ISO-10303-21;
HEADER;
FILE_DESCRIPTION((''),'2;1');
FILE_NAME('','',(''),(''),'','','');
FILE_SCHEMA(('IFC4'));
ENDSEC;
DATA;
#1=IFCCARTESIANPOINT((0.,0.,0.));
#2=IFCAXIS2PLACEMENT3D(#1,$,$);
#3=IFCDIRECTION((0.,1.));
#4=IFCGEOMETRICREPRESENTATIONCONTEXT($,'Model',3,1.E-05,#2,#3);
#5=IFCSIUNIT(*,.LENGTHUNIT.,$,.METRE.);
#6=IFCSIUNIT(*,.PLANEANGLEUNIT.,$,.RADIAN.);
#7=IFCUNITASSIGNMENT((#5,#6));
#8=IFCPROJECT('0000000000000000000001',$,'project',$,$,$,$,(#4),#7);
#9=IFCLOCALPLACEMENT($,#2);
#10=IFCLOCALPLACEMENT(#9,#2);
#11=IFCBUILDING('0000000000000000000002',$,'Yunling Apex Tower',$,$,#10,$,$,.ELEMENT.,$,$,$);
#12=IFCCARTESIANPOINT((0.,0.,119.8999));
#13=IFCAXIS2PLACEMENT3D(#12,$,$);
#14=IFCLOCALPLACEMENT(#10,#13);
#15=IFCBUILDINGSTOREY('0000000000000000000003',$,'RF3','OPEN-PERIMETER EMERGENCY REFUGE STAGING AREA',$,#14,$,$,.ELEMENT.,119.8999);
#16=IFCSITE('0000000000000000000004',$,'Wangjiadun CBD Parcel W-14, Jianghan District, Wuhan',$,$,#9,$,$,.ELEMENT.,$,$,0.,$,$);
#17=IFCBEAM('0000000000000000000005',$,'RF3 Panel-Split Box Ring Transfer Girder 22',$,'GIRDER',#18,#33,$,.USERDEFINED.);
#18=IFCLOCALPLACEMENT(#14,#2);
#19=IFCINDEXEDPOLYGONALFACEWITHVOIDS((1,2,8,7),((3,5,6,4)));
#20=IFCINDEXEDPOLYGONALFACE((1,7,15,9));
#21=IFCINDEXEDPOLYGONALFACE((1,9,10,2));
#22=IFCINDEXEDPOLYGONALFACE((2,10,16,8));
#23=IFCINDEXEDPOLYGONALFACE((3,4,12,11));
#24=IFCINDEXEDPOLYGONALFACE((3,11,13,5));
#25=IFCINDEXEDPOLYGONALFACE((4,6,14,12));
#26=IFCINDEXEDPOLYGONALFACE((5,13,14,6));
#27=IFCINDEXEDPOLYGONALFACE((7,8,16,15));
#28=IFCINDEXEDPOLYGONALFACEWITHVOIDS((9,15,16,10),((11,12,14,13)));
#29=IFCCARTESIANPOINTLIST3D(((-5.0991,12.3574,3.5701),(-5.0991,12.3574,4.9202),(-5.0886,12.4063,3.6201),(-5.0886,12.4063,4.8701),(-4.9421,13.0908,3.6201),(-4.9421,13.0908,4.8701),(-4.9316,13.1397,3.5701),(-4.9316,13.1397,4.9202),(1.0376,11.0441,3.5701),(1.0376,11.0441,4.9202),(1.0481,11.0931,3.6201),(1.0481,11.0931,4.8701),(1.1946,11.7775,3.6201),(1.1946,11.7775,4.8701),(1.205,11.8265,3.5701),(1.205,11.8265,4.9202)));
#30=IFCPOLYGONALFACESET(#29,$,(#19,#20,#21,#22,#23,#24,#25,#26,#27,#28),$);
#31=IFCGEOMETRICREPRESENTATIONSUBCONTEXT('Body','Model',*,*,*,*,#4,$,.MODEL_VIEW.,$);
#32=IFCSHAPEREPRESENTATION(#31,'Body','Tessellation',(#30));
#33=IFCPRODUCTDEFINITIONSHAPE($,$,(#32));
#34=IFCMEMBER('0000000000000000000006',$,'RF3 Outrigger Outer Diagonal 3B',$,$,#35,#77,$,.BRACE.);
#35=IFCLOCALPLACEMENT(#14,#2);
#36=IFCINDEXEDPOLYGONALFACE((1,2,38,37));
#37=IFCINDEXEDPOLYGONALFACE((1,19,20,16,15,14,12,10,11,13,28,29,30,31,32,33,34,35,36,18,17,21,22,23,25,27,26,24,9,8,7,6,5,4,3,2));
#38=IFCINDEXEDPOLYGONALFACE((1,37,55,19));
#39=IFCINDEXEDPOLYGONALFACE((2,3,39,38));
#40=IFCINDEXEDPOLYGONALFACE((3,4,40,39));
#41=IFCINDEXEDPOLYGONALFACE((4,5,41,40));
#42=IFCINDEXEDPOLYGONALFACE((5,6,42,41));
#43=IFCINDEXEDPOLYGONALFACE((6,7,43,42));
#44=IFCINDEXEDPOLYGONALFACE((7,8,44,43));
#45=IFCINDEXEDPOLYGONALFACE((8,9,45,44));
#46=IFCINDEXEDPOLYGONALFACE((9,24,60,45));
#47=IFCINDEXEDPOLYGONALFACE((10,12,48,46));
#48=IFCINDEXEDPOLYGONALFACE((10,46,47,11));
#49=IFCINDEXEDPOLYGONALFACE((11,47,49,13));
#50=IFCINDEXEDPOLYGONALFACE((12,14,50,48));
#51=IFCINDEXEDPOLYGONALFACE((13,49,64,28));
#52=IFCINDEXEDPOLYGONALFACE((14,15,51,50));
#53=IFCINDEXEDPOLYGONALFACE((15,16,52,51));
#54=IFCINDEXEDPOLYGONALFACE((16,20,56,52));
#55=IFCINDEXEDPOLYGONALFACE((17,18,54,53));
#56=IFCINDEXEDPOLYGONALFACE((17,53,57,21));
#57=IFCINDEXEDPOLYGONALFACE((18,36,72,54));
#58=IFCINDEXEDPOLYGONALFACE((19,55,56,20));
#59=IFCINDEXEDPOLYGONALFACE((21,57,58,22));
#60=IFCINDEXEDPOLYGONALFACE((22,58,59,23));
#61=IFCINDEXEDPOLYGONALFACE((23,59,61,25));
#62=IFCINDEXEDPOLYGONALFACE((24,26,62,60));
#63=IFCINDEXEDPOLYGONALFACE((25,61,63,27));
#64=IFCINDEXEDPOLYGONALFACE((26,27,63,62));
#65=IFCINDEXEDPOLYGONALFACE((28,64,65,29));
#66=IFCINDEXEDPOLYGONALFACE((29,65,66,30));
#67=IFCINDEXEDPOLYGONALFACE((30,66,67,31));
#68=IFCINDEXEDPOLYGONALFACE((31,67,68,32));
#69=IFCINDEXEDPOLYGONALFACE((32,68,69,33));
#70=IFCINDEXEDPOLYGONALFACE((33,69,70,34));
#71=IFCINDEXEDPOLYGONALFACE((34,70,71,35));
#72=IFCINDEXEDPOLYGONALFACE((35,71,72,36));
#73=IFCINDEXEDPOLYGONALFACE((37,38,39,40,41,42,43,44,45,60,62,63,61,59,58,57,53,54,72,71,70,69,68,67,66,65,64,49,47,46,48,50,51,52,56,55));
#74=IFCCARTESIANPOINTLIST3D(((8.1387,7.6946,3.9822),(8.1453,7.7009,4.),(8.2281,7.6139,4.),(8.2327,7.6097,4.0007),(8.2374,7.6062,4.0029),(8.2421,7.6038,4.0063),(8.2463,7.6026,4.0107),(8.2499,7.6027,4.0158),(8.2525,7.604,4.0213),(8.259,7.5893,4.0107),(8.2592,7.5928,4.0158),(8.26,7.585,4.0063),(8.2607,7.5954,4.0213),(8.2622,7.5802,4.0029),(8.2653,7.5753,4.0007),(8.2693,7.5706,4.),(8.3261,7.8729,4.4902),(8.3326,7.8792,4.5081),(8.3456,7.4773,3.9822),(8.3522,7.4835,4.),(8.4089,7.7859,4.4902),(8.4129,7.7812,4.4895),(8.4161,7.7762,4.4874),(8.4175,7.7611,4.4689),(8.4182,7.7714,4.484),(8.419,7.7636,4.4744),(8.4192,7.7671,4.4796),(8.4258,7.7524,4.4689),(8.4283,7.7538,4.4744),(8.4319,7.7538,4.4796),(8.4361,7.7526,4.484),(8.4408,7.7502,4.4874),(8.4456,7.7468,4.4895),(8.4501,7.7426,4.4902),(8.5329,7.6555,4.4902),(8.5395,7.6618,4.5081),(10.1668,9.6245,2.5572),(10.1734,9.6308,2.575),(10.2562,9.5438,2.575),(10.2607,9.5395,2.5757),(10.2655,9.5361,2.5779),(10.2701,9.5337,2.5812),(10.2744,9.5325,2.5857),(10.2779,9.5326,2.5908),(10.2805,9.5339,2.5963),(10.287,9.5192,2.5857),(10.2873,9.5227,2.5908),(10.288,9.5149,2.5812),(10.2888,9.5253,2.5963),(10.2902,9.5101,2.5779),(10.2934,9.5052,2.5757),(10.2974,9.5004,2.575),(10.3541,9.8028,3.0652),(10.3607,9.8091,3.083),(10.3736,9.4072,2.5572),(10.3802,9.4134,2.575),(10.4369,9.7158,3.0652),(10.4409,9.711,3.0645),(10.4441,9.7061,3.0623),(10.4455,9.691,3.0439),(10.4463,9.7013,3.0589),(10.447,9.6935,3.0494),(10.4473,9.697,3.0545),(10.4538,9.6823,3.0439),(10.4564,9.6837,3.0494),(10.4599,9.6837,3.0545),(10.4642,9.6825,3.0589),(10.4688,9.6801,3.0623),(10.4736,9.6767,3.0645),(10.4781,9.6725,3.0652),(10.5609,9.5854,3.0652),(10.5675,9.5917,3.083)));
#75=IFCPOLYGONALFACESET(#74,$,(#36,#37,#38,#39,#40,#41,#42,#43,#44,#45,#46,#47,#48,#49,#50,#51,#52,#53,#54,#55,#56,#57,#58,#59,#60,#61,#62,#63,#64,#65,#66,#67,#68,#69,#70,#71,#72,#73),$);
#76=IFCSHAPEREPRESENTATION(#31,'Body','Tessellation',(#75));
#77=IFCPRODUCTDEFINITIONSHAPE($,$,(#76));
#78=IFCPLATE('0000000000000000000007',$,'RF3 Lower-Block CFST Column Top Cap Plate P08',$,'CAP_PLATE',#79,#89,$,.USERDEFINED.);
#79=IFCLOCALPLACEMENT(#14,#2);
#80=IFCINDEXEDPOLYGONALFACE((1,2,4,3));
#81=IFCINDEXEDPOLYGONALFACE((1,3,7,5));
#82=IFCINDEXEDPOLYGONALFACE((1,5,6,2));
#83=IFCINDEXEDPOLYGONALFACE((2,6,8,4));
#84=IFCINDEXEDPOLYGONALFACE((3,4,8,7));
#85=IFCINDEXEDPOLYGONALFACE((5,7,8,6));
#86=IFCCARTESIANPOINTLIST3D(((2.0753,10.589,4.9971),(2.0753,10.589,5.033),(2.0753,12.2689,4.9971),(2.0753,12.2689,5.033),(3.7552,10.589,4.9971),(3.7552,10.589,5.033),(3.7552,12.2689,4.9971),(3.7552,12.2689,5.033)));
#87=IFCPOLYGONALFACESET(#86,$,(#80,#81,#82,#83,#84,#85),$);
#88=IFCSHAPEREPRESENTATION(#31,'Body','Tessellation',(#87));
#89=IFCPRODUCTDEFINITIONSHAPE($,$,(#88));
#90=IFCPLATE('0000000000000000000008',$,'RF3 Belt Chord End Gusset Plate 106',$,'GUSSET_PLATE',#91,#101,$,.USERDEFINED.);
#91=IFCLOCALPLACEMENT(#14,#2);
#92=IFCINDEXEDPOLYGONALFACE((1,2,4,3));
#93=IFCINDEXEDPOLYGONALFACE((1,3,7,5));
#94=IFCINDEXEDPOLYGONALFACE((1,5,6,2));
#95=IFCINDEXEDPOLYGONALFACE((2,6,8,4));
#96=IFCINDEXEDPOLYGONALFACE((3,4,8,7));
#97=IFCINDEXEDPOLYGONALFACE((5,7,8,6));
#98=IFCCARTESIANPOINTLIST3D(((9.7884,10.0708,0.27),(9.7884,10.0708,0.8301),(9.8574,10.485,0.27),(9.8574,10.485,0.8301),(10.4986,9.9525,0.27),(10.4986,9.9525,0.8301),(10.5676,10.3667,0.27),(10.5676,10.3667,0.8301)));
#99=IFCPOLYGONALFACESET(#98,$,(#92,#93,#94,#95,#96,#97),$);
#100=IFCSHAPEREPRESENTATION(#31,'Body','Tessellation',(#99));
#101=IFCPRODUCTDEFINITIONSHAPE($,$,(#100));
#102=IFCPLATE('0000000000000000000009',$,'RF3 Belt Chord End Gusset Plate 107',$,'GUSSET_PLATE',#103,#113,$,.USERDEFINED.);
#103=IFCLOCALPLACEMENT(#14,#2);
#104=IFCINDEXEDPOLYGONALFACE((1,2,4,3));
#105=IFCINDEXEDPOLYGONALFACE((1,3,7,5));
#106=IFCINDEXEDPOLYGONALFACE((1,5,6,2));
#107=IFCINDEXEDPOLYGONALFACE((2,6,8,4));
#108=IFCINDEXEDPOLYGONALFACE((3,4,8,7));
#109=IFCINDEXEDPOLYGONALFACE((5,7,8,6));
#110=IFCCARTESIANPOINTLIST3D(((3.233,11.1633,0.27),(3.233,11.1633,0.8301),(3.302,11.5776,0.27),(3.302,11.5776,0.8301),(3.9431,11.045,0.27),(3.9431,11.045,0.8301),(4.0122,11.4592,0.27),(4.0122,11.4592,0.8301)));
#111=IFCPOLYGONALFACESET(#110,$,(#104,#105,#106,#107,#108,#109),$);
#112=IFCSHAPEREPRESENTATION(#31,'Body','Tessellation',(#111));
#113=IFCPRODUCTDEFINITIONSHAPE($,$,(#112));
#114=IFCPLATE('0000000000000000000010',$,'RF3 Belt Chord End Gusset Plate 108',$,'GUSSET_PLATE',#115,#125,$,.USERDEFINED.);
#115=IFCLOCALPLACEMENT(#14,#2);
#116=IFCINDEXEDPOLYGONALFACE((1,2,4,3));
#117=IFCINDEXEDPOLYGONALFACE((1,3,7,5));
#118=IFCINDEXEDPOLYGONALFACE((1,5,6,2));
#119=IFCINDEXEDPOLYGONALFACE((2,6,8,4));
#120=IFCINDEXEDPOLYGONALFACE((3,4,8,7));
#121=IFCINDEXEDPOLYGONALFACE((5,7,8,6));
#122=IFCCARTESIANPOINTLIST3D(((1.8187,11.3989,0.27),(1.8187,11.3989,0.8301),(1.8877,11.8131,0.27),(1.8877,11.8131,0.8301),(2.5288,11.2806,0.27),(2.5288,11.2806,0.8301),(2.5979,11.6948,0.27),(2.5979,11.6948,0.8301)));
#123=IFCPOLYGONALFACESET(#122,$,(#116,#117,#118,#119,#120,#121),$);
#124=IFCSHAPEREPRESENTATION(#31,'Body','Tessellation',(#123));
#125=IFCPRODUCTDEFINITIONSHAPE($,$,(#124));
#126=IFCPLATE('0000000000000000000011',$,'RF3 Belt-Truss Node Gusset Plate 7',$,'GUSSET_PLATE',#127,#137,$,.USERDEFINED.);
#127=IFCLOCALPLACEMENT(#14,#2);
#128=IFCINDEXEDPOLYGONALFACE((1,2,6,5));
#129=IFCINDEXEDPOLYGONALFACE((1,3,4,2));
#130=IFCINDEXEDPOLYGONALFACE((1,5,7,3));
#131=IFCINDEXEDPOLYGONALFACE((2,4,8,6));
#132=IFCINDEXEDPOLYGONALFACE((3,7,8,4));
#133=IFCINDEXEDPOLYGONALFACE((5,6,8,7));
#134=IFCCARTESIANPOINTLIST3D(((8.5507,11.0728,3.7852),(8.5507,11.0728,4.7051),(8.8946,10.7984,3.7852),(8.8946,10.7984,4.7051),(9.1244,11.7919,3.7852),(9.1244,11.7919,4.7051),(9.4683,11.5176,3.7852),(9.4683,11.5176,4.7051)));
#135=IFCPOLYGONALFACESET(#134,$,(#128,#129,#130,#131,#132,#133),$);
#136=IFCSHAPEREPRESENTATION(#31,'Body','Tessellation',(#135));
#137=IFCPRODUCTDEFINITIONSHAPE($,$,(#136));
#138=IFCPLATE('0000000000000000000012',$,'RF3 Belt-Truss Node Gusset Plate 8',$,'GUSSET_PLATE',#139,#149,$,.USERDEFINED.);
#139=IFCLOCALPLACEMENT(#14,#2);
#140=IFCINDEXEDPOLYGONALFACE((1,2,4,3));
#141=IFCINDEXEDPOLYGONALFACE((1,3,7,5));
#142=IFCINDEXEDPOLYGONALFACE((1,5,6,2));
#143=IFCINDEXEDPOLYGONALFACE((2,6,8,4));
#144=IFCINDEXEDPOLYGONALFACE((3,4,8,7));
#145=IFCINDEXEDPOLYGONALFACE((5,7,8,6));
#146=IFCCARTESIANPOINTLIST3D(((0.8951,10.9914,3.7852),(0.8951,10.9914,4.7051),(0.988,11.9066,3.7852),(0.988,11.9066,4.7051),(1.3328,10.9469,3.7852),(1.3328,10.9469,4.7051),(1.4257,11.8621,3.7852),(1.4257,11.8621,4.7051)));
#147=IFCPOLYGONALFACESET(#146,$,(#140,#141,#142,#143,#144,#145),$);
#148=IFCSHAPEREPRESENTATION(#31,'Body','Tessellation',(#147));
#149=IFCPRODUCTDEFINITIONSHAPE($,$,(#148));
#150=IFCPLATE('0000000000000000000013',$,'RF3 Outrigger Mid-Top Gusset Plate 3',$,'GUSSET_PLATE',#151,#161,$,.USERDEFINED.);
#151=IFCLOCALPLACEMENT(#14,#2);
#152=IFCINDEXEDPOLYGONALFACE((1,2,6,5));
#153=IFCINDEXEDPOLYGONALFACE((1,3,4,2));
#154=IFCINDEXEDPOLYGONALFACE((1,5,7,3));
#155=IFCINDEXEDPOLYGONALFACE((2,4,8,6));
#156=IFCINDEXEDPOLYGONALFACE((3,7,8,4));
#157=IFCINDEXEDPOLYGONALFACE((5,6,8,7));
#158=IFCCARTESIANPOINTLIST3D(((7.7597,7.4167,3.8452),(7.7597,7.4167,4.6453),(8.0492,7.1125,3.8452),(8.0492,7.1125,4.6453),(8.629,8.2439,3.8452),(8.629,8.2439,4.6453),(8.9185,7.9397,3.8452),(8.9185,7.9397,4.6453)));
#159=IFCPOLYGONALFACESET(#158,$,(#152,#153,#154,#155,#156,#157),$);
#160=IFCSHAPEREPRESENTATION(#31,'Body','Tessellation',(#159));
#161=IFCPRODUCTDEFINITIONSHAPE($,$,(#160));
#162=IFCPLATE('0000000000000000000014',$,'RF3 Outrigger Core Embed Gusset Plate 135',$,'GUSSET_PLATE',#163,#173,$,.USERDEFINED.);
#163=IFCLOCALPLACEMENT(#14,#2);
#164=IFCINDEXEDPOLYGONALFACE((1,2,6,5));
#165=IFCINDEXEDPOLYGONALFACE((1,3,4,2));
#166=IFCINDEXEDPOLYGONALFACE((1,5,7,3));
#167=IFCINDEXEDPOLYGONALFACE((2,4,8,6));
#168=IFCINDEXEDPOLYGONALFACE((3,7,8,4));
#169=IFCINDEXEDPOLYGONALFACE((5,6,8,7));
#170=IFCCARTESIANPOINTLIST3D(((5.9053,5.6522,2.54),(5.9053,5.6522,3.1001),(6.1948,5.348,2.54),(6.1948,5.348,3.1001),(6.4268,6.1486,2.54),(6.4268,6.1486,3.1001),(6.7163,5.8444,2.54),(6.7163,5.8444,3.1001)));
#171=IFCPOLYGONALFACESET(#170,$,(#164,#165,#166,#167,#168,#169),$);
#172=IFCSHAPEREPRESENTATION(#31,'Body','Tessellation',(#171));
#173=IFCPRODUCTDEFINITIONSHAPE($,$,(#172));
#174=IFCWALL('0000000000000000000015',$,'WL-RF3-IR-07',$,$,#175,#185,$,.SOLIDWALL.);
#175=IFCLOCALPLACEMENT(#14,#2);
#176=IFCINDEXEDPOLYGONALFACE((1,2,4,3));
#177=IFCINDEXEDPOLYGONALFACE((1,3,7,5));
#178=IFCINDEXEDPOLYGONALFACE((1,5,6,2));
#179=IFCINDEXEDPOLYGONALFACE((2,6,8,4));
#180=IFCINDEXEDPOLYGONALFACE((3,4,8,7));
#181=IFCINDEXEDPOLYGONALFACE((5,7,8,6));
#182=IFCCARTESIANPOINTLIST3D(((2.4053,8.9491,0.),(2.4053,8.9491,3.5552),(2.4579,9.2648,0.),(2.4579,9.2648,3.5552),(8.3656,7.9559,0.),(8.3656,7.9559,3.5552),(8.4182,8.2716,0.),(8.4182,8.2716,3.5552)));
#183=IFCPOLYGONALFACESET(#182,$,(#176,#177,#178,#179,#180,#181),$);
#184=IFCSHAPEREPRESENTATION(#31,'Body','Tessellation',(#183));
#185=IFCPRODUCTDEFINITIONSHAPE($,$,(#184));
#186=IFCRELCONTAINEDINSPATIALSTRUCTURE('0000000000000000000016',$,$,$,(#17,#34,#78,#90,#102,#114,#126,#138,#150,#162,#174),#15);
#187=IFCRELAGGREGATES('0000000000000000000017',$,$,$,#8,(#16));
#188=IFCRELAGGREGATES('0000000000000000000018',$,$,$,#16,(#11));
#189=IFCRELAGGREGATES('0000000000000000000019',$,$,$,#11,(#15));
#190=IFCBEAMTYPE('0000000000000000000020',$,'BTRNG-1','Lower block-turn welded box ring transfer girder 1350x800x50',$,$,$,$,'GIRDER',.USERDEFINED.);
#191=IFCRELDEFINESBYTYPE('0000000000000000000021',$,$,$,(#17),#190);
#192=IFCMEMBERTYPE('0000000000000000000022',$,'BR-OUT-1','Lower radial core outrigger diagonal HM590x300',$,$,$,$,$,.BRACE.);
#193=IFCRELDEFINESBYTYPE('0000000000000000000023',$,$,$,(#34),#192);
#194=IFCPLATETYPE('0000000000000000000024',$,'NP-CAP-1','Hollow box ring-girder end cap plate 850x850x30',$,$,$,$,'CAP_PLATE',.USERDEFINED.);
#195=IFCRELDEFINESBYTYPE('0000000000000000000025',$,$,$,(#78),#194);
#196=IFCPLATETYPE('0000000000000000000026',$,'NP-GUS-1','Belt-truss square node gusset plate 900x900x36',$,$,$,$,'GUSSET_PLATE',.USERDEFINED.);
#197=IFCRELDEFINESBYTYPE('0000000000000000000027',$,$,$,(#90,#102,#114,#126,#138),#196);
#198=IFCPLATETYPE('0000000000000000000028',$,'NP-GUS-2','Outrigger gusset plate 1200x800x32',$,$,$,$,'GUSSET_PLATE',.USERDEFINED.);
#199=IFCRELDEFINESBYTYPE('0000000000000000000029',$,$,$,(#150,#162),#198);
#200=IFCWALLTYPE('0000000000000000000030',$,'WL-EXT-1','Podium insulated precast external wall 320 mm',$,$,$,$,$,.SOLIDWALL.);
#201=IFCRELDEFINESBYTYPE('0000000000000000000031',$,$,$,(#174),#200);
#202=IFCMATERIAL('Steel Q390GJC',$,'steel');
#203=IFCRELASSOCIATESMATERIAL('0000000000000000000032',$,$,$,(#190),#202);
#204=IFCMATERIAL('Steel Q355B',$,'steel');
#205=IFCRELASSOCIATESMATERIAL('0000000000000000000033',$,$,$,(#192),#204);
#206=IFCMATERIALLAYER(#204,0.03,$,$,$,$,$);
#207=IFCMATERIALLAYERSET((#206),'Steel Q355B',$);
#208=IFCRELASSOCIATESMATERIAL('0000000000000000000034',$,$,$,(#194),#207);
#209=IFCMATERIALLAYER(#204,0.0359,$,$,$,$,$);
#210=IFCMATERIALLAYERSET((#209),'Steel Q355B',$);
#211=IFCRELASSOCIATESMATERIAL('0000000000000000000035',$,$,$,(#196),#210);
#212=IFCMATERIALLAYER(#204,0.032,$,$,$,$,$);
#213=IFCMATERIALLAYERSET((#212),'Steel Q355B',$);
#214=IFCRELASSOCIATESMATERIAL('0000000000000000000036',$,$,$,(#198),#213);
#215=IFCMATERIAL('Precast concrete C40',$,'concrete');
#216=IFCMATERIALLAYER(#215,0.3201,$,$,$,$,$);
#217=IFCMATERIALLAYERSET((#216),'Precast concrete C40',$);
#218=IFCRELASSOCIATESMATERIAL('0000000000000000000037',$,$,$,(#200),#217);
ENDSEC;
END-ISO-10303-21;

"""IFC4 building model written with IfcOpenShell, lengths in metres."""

from ifc_helpers import new_model, si_unit, direction, frame, frame_2d, origin, origin_2d, place, context, subcontext, project, spatial, rectangle, hollow_rectangle, i_section, extrude, source, transform, mapped, material, layer, layer_set, material_profile, profile_set, type_object, element, save


model = new_model("IFC4")

# Units and contexts
model_context = context("Model", 3, precision=1e-05, world=origin(), true_north=direction((0.0, 1.0)))
body_context = subcontext(model_context, "Body", "Model", "MODEL_VIEW")
ifc_project = project(units=[si_unit("LENGTHUNIT", "METRE"), si_unit("PLANEANGLEUNIT", "RADIAN")], contexts=[model_context])

# Site, building, storey
site_placement = place(None, origin())
site = spatial("IfcSite", under=ifc_project, at=site_placement, Name="Wangjiadun CBD Parcel W-14, Jianghan District, Wuhan", CompositionType="ELEMENT", RefElevation=0.0)
building_placement = place(site_placement, origin())
building = spatial("IfcBuilding", under=site, at=building_placement, Name="Yunling Apex Tower", CompositionType="ELEMENT")
storey_placement = place(building_placement, frame((0.0, 0.0, 119.8999)))
storey = spatial("IfcBuildingStorey", under=building, at=storey_placement, Name="RF3", Description="OPEN-PERIMETER EMERGENCY REFUGE STAGING AREA", CompositionType="ELEMENT", Elevation=119.8999)

# Shared definitions
ifc_material_1 = material(Name="Steel Q390GJC", Category="steel")

# Beam
ifc_material_profile_1 = material_profile(ifc_material_1, hollow_rectangle(XDim=0.8, YDim=1.3501, WallThickness=0.05, at=origin_2d()))
ifc_profile_set_1 = profile_set([ifc_material_profile_1], Name="Steel Q390GJC")
beam_type = type_object("IfcBeamType", Name="BTRNG-1", Description="Lower block-turn welded box ring transfer girder 1350x800x50", ElementType="GIRDER", PredefinedType="USERDEFINED", material=ifc_profile_set_1)
shared_shape_1 = source(origin(), body_context, "Body", "SweptSolid", [
    extrude(hollow_rectangle(XDim=0.8, YDim=1.3501, WallThickness=0.05, at=origin_2d()), origin(), (0.0, 0.0, 1.0), 6.2756),
])
beam_1_placement = place(storey_placement, frame((1.1213, 11.4353, 4.2451), z_axis=(-0.97786, 0.209258, 0.0), x_axis=(-0.209258, -0.97786, 0.0)))
element("IfcBeam", 1, at=beam_1_placement, inside=storey, type_object=beam_type, Name="RF3 Panel-Split Box Ring Transfer Girder 22", ObjectType="GIRDER", PredefinedType="USERDEFINED", context=body_context, shape_type="MappedRepresentation", body=[
    mapped(shared_shape_1, transform((0.0, 0.0, 0.0), scale=1.0)),
])

# Member
ifc_material_2 = material(Name="Steel Q355B", Category="steel")
ifc_material_profile_2 = material_profile(ifc_material_2, i_section(OverallWidth=0.3, OverallDepth=0.5901, WebThickness=0.012, FlangeThickness=0.02, FilletRadius=0.0239, at=origin_2d()))
ifc_profile_set_2 = profile_set([ifc_material_profile_2], Name="Steel Q355B")
member_type_1 = type_object("IfcMemberType", Name="BR-OUT-1", Description="Lower radial core outrigger diagonal HM590x300", PredefinedType="BRACE", material=ifc_profile_set_2)
shared_shape_2 = source(origin(), body_context, "Body", "SweptSolid", [
    extrude(i_section(OverallWidth=0.3, OverallDepth=0.5901, WebThickness=0.012, FlangeThickness=0.02, FilletRadius=0.0239, at=origin_2d()), origin(), (0.0, 0.0, 1.0), 3.1414),
])
member_1_placement = place(storey_placement, frame((8.3391, 7.6782, 4.2451), z_axis=(0.645593, 0.614351, -0.453633), x_axis=(-0.689361, 0.724418, 0.0)))
element("IfcMember", 2, at=member_1_placement, inside=storey, type_object=member_type_1, Name="RF3 Outrigger Outer Diagonal 3B", PredefinedType="BRACE", context=body_context, shape_type="MappedRepresentation", body=[
    mapped(shared_shape_2, transform((0.0, 0.0, 0.0), scale=1.0)),
])

# Plates
ifc_layer_1 = layer(ifc_material_2, 0.03)
ifc_layer_set_1 = layer_set([ifc_layer_1], Name="Steel Q355B")
plate_type_1 = type_object("IfcPlateType", Name="NP-CAP-1", Description="Hollow box ring-girder end cap plate 850x850x30", ElementType="CAP_PLATE", PredefinedType="USERDEFINED", material=ifc_layer_set_1)
shared_shape_3 = source(origin(), body_context, "Body", "SweptSolid", [
    extrude(rectangle(XDim=1.6799, YDim=1.6799, at=origin_2d()), origin(), (0.0, 0.0, 1.0), 0.0359),
])
plate_1_placement = place(storey_placement, frame((2.9153, 11.429, 4.9971), z_axis=(0.0, 0.0, 1.0), x_axis=(1.0, 0.0, 0.0)))
element("IfcPlate", 3, at=plate_1_placement, inside=storey, type_object=plate_type_1, Name="RF3 Lower-Block CFST Column Top Cap Plate P08", ObjectType="CAP_PLATE", PredefinedType="USERDEFINED", context=body_context, shape_type="MappedRepresentation", body=[
    mapped(shared_shape_3, transform((0.0, 0.0, 0.0), scale=1.0)),
])
ifc_layer_2 = layer(ifc_material_2, 0.0359)
ifc_layer_set_2 = layer_set([ifc_layer_2], Name="Steel Q355B")
plate_type_2 = type_object("IfcPlateType", Name="NP-GUS-1", Description="Belt-truss square node gusset plate 900x900x36", ElementType="GUSSET_PLATE", PredefinedType="USERDEFINED", material=ifc_layer_set_2)
shared_shape_4 = source(origin(), body_context, "Body", "SweptSolid", [
    extrude(rectangle(XDim=0.72, YDim=0.4199, at=origin_2d()), origin(), (0.0, 0.0, 1.0), 0.5601),
])
for number, where, z_axis, x_axis, name in (
    (4, (10.178, 10.2188, 0.27), (0.0, 0.0, 1.0), (-0.986401, 0.164359, 0.0), "RF3 Belt Chord End Gusset Plate 106"),
    (5, (3.6226, 11.3113, 0.27), (0.0, 0.0, 1.0), (-0.986401, 0.164359, 0.0), "RF3 Belt Chord End Gusset Plate 107"),
    (6, (2.2083, 11.5469, 0.27), (0.0, 0.0, 1.0), (-0.986401, 0.164359, 0.0), "RF3 Belt Chord End Gusset Plate 108"),
):
    element("IfcPlate", number, at=place(storey_placement, frame(where, z_axis=z_axis, x_axis=x_axis)), inside=storey, type_object=plate_type_2, Name=name, ObjectType="GUSSET_PLATE", PredefinedType="USERDEFINED", context=body_context, shape_type="MappedRepresentation", body=[
        mapped(shared_shape_4, transform((0.0, 0.0, 0.0), scale=1.0)),
    ])
shared_shape_5 = source(origin(), body_context, "Body", "SweptSolid", [
    extrude(rectangle(XDim=0.9199, YDim=0.4399, at=origin_2d()), origin(), (0.0, 0.0, 1.0), 0.9199),
])
for number, where, z_axis, x_axis, name in (
    (7, (9.0095, 11.2952, 3.7852), (0.0, 0.0, 1.0), (0.623607, 0.781738, 0.0), "RF3 Belt-Truss Node Gusset Plate 7"),
    (8, (1.1604, 11.4268, 3.7852), (0.0, 0.0, 1.0), (0.101056, 0.994881, 0.0), "RF3 Belt-Truss Node Gusset Plate 8"),
):
    element("IfcPlate", number, at=place(storey_placement, frame(where, z_axis=z_axis, x_axis=x_axis)), inside=storey, type_object=plate_type_2, Name=name, ObjectType="GUSSET_PLATE", PredefinedType="USERDEFINED", context=body_context, shape_type="MappedRepresentation", body=[
        mapped(shared_shape_5, transform((0.0, 0.0, 0.0), scale=1.0)),
    ])
ifc_layer_3 = layer(ifc_material_2, 0.032)
ifc_layer_set_3 = layer_set([ifc_layer_3], Name="Steel Q355B")
plate_type_3 = type_object("IfcPlateType", Name="NP-GUS-2", Description="Outrigger gusset plate 1200x800x32", ElementType="GUSSET_PLATE", PredefinedType="USERDEFINED", material=ifc_layer_set_3)
shared_shape_6 = source(origin(), body_context, "Body", "SweptSolid", [
    extrude(rectangle(XDim=1.2, YDim=0.4199, at=origin_2d()), origin(), (0.0, 0.0, 1.0), 0.8),
])
plate_2_placement = place(storey_placement, frame((8.3391, 7.6782, 3.8452), z_axis=(0.0, 0.0, 1.0), x_axis=(0.724413, 0.689367, 0.0)))
element("IfcPlate", 9, at=plate_2_placement, inside=storey, type_object=plate_type_3, Name="RF3 Outrigger Mid-Top Gusset Plate 3", ObjectType="GUSSET_PLATE", PredefinedType="USERDEFINED", context=body_context, shape_type="MappedRepresentation", body=[
    mapped(shared_shape_6, transform((0.0, 0.0, 0.0), scale=1.0)),
])
shared_shape_7 = source(origin(), body_context, "Body", "SweptSolid", [
    extrude(rectangle(XDim=0.72, YDim=0.4199, at=origin_2d()), origin(), (0.0, 0.0, 1.0), 0.5601),
])
plate_3_placement = place(storey_placement, frame((6.3108, 5.7483, 2.54), z_axis=(0.0, 0.0, 1.0), x_axis=(0.724413, 0.689367, 0.0)))
element("IfcPlate", 10, at=plate_3_placement, inside=storey, type_object=plate_type_3, Name="RF3 Outrigger Core Embed Gusset Plate 135", ObjectType="GUSSET_PLATE", PredefinedType="USERDEFINED", context=body_context, shape_type="MappedRepresentation", body=[
    mapped(shared_shape_7, transform((0.0, 0.0, 0.0), scale=1.0)),
])

# Wall
ifc_material_3 = material(Name="Precast concrete C40", Category="concrete")
ifc_layer_4 = layer(ifc_material_3, 0.3201)
ifc_layer_set_4 = layer_set([ifc_layer_4], Name="Precast concrete C40")
wall_type_1 = type_object("IfcWallType", Name="WL-EXT-1", Description="Podium insulated precast external wall 320 mm", PredefinedType="SOLIDWALL", material=ifc_layer_set_4)
wall_1_placement = place(storey_placement, frame((2.4316, 9.1069, 0.0), z_axis=(0.0, 0.0, 1.0), x_axis=(0.986399, -0.164366, 0.0)))
element("IfcWall", 11, at=wall_1_placement, inside=storey, type_object=wall_type_1, Name="WL-RF3-IR-07", PredefinedType="SOLIDWALL", context=body_context, shape_type="SweptSolid", body=[
    extrude(rectangle(XDim=6.0425, YDim=0.3201, at=frame_2d((3.0212, 0.0))), origin(), (0.0, 0.0, 1.0), 3.5552),
])

save(model, "model.ifc")
